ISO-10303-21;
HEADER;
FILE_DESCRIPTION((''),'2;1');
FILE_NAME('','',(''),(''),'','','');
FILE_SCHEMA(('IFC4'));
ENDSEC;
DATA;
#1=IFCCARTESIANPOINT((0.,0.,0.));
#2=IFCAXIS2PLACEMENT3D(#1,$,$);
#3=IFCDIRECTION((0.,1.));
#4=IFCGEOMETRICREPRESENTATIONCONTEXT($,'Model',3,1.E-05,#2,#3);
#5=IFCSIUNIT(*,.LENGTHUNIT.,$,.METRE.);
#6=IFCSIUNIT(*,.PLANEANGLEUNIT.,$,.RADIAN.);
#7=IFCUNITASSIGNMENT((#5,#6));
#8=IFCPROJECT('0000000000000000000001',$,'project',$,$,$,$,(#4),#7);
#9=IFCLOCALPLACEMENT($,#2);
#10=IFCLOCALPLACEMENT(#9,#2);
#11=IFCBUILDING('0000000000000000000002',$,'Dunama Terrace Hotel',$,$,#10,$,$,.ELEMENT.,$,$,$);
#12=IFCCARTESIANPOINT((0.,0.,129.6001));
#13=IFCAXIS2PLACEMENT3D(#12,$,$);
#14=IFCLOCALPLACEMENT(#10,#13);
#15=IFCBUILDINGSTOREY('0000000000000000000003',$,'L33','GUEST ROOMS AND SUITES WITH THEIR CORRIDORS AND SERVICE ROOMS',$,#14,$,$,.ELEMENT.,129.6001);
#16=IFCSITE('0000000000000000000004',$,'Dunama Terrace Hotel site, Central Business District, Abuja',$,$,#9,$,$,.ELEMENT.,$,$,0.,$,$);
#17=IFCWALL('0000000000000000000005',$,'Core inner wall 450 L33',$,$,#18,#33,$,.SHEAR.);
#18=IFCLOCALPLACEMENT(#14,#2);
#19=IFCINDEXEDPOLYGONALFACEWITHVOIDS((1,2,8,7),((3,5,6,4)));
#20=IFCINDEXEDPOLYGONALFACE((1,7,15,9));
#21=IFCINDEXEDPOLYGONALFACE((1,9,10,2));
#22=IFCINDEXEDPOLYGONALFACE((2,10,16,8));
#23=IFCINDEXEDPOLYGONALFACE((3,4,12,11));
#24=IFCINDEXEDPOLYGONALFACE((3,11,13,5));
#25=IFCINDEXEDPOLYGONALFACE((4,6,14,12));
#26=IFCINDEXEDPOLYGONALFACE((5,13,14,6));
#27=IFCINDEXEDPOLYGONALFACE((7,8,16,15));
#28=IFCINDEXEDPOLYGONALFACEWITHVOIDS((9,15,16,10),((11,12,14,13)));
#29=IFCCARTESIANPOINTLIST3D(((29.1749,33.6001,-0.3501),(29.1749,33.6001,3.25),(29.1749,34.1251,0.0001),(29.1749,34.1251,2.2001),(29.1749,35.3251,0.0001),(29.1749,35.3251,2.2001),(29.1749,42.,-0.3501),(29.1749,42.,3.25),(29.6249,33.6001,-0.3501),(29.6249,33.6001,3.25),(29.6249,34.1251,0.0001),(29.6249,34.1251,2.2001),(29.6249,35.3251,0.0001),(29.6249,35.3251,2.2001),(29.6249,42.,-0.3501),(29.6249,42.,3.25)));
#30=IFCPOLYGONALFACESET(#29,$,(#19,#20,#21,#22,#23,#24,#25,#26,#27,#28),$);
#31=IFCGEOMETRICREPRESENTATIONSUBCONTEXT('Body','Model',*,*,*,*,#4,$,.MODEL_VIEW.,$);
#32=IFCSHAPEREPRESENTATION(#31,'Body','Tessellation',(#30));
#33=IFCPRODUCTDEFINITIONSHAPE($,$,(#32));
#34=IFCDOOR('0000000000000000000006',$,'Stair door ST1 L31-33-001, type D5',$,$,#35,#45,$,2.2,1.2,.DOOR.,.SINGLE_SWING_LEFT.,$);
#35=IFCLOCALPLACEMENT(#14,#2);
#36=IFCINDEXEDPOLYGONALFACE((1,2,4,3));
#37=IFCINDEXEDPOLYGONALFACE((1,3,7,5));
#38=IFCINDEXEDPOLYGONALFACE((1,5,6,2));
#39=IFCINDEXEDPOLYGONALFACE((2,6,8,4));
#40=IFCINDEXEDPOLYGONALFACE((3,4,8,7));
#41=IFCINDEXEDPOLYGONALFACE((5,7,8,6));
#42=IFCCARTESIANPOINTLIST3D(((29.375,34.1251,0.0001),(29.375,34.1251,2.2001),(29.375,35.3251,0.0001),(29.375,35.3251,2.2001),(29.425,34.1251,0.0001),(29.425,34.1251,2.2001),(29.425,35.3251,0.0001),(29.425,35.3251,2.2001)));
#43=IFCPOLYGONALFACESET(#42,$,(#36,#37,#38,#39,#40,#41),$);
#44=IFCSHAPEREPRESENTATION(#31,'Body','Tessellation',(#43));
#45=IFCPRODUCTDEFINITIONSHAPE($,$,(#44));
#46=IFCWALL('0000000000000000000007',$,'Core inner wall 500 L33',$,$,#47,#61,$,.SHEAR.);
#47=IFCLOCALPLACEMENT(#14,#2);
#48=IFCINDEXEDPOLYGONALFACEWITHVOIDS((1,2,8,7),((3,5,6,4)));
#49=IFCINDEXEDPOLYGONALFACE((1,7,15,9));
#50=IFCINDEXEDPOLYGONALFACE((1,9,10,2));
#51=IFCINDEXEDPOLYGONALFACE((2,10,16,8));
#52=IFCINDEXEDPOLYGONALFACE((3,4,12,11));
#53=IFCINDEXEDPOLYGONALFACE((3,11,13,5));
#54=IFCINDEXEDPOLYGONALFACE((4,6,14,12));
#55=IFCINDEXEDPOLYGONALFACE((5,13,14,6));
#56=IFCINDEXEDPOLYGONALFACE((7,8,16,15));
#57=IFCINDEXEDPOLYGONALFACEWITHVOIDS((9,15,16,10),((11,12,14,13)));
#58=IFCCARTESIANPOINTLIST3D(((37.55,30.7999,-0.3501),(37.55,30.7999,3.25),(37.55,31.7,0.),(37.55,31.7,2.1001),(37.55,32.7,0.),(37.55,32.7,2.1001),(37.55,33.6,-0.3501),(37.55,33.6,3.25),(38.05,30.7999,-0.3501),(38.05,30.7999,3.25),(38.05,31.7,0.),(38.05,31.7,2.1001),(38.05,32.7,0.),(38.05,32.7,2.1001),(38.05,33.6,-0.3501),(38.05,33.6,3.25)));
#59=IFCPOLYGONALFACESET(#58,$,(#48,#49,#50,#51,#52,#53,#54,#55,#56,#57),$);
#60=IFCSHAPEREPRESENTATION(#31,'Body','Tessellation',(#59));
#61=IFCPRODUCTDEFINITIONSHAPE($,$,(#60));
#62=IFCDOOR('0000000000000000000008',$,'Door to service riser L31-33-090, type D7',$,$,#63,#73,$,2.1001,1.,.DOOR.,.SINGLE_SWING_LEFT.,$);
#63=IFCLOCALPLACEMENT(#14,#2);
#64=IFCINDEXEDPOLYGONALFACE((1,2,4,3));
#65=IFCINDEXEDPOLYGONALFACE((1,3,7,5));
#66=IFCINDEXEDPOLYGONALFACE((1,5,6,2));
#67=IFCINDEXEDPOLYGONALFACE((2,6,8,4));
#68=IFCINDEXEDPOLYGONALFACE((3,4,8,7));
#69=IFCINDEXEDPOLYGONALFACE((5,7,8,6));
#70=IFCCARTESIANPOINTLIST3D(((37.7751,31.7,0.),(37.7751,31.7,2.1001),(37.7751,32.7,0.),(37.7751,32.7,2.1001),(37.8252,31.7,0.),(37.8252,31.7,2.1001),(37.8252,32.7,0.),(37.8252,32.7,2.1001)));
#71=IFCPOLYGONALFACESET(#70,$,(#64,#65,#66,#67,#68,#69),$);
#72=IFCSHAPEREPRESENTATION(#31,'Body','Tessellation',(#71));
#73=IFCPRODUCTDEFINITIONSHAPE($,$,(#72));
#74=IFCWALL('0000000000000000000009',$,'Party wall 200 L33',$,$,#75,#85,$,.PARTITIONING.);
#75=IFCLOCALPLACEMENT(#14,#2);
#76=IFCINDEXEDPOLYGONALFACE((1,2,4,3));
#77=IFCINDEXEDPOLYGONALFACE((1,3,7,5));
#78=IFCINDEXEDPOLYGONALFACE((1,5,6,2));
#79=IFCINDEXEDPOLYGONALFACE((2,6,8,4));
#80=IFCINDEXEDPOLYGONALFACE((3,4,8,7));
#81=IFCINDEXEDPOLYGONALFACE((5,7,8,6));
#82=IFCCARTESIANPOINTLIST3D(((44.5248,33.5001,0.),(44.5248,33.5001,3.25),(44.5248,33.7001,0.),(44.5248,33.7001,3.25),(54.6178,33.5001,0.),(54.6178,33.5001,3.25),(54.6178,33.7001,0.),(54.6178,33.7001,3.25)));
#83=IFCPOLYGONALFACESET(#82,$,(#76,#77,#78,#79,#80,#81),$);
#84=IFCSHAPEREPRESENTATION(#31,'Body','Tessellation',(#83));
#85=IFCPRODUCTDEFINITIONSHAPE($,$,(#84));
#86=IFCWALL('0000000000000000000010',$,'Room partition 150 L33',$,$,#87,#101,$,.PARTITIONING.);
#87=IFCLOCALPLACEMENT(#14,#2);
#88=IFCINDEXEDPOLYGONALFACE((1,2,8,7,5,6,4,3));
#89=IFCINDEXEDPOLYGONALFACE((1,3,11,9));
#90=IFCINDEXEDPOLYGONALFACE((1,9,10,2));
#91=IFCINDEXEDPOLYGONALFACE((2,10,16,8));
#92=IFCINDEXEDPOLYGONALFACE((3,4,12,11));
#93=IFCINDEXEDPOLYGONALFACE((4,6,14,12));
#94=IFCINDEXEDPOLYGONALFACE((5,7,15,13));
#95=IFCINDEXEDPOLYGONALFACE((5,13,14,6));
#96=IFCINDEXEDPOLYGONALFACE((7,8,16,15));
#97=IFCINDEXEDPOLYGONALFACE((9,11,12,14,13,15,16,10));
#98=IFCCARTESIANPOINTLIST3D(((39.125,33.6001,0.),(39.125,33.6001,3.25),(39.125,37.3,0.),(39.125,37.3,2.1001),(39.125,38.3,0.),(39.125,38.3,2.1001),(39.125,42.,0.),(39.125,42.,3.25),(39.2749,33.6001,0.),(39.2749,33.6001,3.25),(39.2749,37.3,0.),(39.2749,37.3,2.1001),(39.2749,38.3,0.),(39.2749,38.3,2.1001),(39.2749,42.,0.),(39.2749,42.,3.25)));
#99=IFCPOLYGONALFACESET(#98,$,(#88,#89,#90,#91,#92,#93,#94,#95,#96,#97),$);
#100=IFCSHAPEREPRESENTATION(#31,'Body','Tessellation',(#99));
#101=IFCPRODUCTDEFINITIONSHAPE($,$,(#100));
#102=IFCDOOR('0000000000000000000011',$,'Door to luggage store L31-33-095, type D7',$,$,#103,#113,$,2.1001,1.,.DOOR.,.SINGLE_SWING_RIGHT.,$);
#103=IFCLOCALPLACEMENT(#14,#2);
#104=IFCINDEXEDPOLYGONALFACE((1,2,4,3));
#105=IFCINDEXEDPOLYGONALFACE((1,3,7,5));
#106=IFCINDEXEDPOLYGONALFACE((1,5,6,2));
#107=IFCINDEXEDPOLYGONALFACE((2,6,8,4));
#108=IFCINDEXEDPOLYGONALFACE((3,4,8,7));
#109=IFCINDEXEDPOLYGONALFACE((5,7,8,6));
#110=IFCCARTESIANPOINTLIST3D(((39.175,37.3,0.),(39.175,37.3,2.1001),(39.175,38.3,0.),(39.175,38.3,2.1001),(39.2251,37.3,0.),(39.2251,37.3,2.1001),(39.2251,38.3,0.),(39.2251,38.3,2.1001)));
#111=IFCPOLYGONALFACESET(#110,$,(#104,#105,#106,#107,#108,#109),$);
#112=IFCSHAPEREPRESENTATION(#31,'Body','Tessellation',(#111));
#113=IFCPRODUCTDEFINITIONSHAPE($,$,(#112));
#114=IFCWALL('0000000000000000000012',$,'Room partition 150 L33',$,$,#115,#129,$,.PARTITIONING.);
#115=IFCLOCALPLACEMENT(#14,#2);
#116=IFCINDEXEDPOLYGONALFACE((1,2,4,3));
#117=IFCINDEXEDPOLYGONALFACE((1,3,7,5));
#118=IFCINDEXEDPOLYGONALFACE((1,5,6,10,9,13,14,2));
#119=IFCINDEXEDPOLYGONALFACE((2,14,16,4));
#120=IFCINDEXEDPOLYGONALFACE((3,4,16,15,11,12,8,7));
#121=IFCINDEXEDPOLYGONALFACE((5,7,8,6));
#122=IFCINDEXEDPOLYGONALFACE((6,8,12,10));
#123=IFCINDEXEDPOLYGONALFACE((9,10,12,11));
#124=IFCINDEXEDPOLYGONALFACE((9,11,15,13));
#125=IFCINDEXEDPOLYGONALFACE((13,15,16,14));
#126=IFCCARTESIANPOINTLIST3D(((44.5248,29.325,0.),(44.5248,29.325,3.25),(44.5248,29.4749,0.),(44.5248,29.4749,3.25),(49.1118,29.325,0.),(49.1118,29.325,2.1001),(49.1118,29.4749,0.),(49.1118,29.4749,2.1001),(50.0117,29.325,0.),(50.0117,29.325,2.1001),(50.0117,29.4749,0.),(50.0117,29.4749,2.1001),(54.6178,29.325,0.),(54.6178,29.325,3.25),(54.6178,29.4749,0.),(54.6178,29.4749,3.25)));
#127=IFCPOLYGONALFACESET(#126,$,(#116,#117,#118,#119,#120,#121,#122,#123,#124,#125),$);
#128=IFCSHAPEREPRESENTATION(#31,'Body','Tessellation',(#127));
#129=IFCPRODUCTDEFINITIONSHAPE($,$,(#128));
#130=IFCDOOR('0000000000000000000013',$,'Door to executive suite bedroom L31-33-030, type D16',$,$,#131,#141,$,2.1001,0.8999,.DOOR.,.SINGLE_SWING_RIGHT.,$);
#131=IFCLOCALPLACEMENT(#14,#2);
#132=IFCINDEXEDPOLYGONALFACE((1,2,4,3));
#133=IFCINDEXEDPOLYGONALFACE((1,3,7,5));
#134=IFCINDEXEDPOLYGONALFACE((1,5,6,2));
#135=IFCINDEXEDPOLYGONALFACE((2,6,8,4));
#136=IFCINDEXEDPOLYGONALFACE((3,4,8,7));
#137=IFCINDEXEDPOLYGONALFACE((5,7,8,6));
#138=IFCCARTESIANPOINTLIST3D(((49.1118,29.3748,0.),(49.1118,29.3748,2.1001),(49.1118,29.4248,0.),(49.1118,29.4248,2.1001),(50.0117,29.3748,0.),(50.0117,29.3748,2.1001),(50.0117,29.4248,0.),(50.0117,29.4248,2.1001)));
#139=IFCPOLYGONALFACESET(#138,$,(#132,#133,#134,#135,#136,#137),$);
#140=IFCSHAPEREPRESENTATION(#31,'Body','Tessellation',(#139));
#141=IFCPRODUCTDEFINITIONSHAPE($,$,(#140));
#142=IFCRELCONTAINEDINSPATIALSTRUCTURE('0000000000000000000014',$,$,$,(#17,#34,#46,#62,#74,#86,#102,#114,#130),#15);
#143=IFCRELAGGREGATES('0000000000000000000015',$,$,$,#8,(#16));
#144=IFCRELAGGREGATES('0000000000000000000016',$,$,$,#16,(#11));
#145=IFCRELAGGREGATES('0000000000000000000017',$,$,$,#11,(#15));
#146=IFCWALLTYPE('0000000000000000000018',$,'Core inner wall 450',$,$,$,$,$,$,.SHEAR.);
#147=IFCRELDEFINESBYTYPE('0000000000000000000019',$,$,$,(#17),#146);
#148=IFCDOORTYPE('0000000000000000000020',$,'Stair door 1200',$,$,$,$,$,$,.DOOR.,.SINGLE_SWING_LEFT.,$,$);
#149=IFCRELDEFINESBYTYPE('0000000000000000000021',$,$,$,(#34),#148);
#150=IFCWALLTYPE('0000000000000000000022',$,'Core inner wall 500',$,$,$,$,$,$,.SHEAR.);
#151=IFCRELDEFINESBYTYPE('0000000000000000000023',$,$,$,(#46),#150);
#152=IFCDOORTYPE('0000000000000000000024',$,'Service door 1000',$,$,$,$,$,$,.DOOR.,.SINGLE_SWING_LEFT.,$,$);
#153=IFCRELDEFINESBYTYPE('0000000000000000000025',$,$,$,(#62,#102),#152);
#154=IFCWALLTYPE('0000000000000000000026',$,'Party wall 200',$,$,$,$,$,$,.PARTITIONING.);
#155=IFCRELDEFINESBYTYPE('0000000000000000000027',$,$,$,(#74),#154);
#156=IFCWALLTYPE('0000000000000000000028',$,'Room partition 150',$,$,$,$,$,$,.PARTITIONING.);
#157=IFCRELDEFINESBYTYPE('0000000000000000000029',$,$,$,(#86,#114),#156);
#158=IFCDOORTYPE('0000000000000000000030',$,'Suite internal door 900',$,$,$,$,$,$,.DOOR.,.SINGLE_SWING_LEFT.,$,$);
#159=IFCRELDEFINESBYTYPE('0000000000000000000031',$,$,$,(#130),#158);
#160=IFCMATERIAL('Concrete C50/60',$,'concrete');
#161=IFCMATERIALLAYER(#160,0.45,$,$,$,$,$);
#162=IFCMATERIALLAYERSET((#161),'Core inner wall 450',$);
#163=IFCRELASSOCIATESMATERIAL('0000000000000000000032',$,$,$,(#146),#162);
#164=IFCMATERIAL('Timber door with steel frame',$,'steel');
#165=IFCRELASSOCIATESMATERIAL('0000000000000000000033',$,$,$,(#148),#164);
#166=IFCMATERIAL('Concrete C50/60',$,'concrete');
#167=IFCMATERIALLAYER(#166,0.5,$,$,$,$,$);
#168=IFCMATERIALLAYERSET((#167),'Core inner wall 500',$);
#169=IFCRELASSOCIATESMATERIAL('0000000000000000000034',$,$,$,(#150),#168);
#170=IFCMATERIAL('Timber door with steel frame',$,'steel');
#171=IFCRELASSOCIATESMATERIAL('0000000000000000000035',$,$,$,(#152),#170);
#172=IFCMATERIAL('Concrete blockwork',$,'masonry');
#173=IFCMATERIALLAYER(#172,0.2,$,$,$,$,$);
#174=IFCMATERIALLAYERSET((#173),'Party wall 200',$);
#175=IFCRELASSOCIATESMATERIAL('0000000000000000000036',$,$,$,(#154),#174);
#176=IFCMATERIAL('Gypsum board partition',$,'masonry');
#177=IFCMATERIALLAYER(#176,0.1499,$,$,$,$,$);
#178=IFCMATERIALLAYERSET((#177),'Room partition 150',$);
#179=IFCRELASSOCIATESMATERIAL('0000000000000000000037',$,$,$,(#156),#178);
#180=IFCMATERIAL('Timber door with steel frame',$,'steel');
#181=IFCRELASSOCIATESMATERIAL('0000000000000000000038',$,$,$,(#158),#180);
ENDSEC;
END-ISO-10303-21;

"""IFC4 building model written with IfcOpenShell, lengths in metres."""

from ifc_helpers import new_model, si_unit, direction, frame, frame_2d, origin, place, context, subcontext, project, spatial, rectangle, extrude, material, layer, layer_set, type_object, element, fill, save


model = new_model("IFC4")

# Units and contexts
model_context = context("Model", 3, precision=1e-05, world=origin(), true_north=direction((0.0, 1.0)))
body_context = subcontext(model_context, "Body", "Model", "MODEL_VIEW")
ifc_project = project(units=[si_unit("LENGTHUNIT", "METRE"), si_unit("PLANEANGLEUNIT", "RADIAN")], contexts=[model_context])

# Site, building, storey
site_placement = place(None, origin())
site = spatial("IfcSite", under=ifc_project, at=site_placement, Name="Dunama Terrace Hotel site, Central Business District, Abuja", CompositionType="ELEMENT", RefElevation=0.0)
building_placement = place(site_placement, origin())
building = spatial("IfcBuilding", under=site, at=building_placement, Name="Dunama Terrace Hotel", CompositionType="ELEMENT")
storey_placement = place(building_placement, frame((0.0, 0.0, 129.6001)))
storey = spatial("IfcBuildingStorey", under=building, at=storey_placement, Name="L33", Description="GUEST ROOMS AND SUITES WITH THEIR CORRIDORS AND SERVICE ROOMS", CompositionType="ELEMENT", Elevation=129.6001)

# Walls, openings, doors
ifc_material_1 = material(Name="Concrete C50/60", Category="concrete")
ifc_layer_1 = layer(ifc_material_1, 0.45)
ifc_layer_set_1 = layer_set([ifc_layer_1], Name="Core inner wall 450")
wall_type_1 = type_object("IfcWallType", Name="Core inner wall 450", PredefinedType="SHEAR", material=ifc_layer_set_1)
wall_1_placement = place(storey_placement, frame((29.3999, 33.6001, -0.3501), z_axis=(0.0, 0.0, 1.0), x_axis=(0.0, 1.0, 0.0)))
wall_1 = element("IfcWall", 1, at=wall_1_placement, inside=storey, type_object=wall_type_1, Name="Core inner wall 450 L33", PredefinedType="SHEAR", context=body_context, shape_type="SweptSolid", body=[
    extrude(rectangle(XDim=8.3999, YDim=0.45, at=frame_2d((4.2, 0.0))), origin(), (0.0, 0.0, 1.0), 3.6001),
])
opening_1_placement = place(wall_1_placement, frame((0.5249, 0.0, 0.3501)))
opening_1 = element("IfcOpeningElement", 2, at=opening_1_placement, cuts=wall_1, PredefinedType="OPENING", context=body_context, shape_type="SweptSolid", body=[
    extrude(rectangle(XDim=1.2, YDim=2.2, at=frame_2d((0.6001, 1.1001))), frame((0.0, 0.2349, 0.0), z_axis=(0.0, -1.0, 0.0), x_axis=(1.0, 0.0, 0.0)), (0.0, 0.0, 1.0), 0.47),
])
ifc_material_2 = material(Name="Timber door with steel frame", Category="steel")
door_type_1 = type_object("IfcDoorType", Name="Stair door 1200", OperationType="SINGLE_SWING_LEFT", PredefinedType="DOOR", material=ifc_material_2)
door_1_placement = place(opening_1_placement, origin())
door_1 = element("IfcDoor", 3, at=door_1_placement, inside=storey, type_object=door_type_1, Name="Stair door ST1 L31-33-001, type D5", OperationType="SINGLE_SWING_LEFT", OverallHeight=2.2, OverallWidth=1.2, PredefinedType="DOOR", context=body_context, shape_type="SweptSolid", body=[
    extrude(rectangle(XDim=1.2, YDim=2.2, at=frame_2d((0.6001, 1.1001))), frame((0.0, 0.0249, 0.0), z_axis=(0.0, -1.0, 0.0), x_axis=(1.0, 0.0, 0.0)), (0.0, 0.0, 1.0), 0.05),
])
fill(opening_1, door_1)
ifc_material_3 = material(Name="Concrete C50/60", Category="concrete")
ifc_layer_2 = layer(ifc_material_3, 0.5)
ifc_layer_set_2 = layer_set([ifc_layer_2], Name="Core inner wall 500")
wall_type_2 = type_object("IfcWallType", Name="Core inner wall 500", PredefinedType="SHEAR", material=ifc_layer_set_2)
wall_2_placement = place(storey_placement, frame((37.8, 30.8, -0.3501), z_axis=(0.0, 0.0, 1.0), x_axis=(0.0, 1.0, 0.0)))
wall_2 = element("IfcWall", 4, at=wall_2_placement, inside=storey, type_object=wall_type_2, Name="Core inner wall 500 L33", PredefinedType="SHEAR", context=body_context, shape_type="SweptSolid", body=[
    extrude(rectangle(XDim=2.8, YDim=0.5, at=frame_2d((1.3999, 0.0))), origin(), (0.0, 0.0, 1.0), 3.6001),
])
opening_2_placement = place(wall_2_placement, frame((0.8999, 0.0, 0.3501)))
opening_2 = element("IfcOpeningElement", 5, at=opening_2_placement, cuts=wall_2, PredefinedType="OPENING", context=body_context, shape_type="SweptSolid", body=[
    extrude(rectangle(XDim=1.0, YDim=2.1001, at=frame_2d((0.5, 1.05))), frame((0.0, 0.26, 0.0), z_axis=(0.0, -1.0, 0.0), x_axis=(1.0, 0.0, 0.0)), (0.0, 0.0, 1.0), 0.52),
])
ifc_material_4 = material(Name="Timber door with steel frame", Category="steel")
door_type_2 = type_object("IfcDoorType", Name="Service door 1000", OperationType="SINGLE_SWING_LEFT", PredefinedType="DOOR", material=ifc_material_4)
door_2_placement = place(opening_2_placement, frame((1.0, 0.0, 0.0), z_axis=(0.0, 0.0, 1.0), x_axis=(-1.0, 0.0, 0.0)))
door_2 = element("IfcDoor", 6, at=door_2_placement, inside=storey, type_object=door_type_2, Name="Door to service riser L31-33-090, type D7", OperationType="SINGLE_SWING_LEFT", OverallHeight=2.1001, OverallWidth=1.0, PredefinedType="DOOR", context=body_context, shape_type="SweptSolid", body=[
    extrude(rectangle(XDim=1.0, YDim=2.1001, at=frame_2d((0.5, 1.05))), frame((0.0, 0.0251, 0.0), z_axis=(0.0, -1.0, 0.0), x_axis=(1.0, 0.0, 0.0)), (0.0, 0.0, 1.0), 0.05),
])
fill(opening_2, door_2)

# Wall
ifc_material_5 = material(Name="Concrete blockwork", Category="masonry")
ifc_layer_3 = layer(ifc_material_5, 0.2)
ifc_layer_set_3 = layer_set([ifc_layer_3], Name="Party wall 200")
wall_type_3 = type_object("IfcWallType", Name="Party wall 200", PredefinedType="PARTITIONING", material=ifc_layer_set_3)
wall_3_placement = place(storey_placement, frame((44.5249, 33.6001, 0.0), z_axis=(0.0, 0.0, 1.0), x_axis=(1.0, 0.0, 0.0)))
element("IfcWall", 7, at=wall_3_placement, inside=storey, type_object=wall_type_3, Name="Party wall 200 L33", PredefinedType="PARTITIONING", context=body_context, shape_type="SweptSolid", body=[
    extrude(rectangle(XDim=10.093, YDim=0.2, at=frame_2d((5.0464, 0.0))), origin(), (0.0, 0.0, 1.0), 3.25),
])

# Walls, openings, doors
ifc_material_6 = material(Name="Gypsum board partition", Category="masonry")
ifc_layer_4 = layer(ifc_material_6, 0.1499)
ifc_layer_set_4 = layer_set([ifc_layer_4], Name="Room partition 150")
wall_type_4 = type_object("IfcWallType", Name="Room partition 150", PredefinedType="PARTITIONING", material=ifc_layer_set_4)
wall_4_placement = place(storey_placement, frame((39.2, 33.6001, 0.0), z_axis=(0.0, 0.0, 1.0), x_axis=(0.0, 1.0, 0.0)))
wall_4 = element("IfcWall", 8, at=wall_4_placement, inside=storey, type_object=wall_type_4, Name="Room partition 150 L33", PredefinedType="PARTITIONING", context=body_context, shape_type="SweptSolid", body=[
    extrude(rectangle(XDim=8.3999, YDim=0.1499, at=frame_2d((4.2, 0.0))), origin(), (0.0, 0.0, 1.0), 3.25),
])
opening_3_placement = place(wall_4_placement, frame((3.7, 0.0, 0.0)))
opening_3 = element("IfcOpeningElement", 9, at=opening_3_placement, cuts=wall_4, PredefinedType="OPENING", context=body_context, shape_type="SweptSolid", body=[
    extrude(rectangle(XDim=1.0, YDim=2.1001, at=frame_2d((0.5, 1.05))), frame((0.0, 0.085, 0.0), z_axis=(0.0, -1.0, 0.0), x_axis=(1.0, 0.0, 0.0)), (0.0, 0.0, 1.0), 0.1699),
])
door_3_placement = place(opening_3_placement, frame((1.0, 0.0, 0.0), z_axis=(0.0, 0.0, 1.0), x_axis=(-1.0, 0.0, 0.0)))
door_3 = element("IfcDoor", 10, at=door_3_placement, inside=storey, type_object=door_type_2, Name="Door to luggage store L31-33-095, type D7", OperationType="SINGLE_SWING_RIGHT", OverallHeight=2.1001, OverallWidth=1.0, PredefinedType="DOOR", context=body_context, shape_type="SweptSolid", body=[
    extrude(rectangle(XDim=1.0, YDim=2.1001, at=frame_2d((0.5, 1.05))), frame((0.0, 0.0251, 0.0), z_axis=(0.0, -1.0, 0.0), x_axis=(1.0, 0.0, 0.0)), (0.0, 0.0, 1.0), 0.05),
])
fill(opening_3, door_3)
wall_5_placement = place(storey_placement, frame((44.5249, 29.3999, 0.0), z_axis=(0.0, 0.0, 1.0), x_axis=(1.0, 0.0, 0.0)))
wall_5 = element("IfcWall", 11, at=wall_5_placement, inside=storey, type_object=wall_type_4, Name="Room partition 150 L33", PredefinedType="PARTITIONING", context=body_context, shape_type="SweptSolid", body=[
    extrude(rectangle(XDim=10.093, YDim=0.1499, at=frame_2d((5.0464, 0.0))), origin(), (0.0, 0.0, 1.0), 3.25),
])
opening_4_placement = place(wall_5_placement, frame((4.5869, 0.0, 0.0)))
opening_4 = element("IfcOpeningElement", 12, at=opening_4_placement, cuts=wall_5, PredefinedType="OPENING", context=body_context, shape_type="SweptSolid", body=[
    extrude(rectangle(XDim=0.8999, YDim=2.1001, at=frame_2d((0.45, 1.05))), frame((0.0, 0.085, 0.0), z_axis=(0.0, -1.0, 0.0), x_axis=(1.0, 0.0, 0.0)), (0.0, 0.0, 1.0), 0.1699),
])
ifc_material_7 = material(Name="Timber door with steel frame", Category="steel")
door_type_3 = type_object("IfcDoorType", Name="Suite internal door 900", OperationType="SINGLE_SWING_LEFT", PredefinedType="DOOR", material=ifc_material_7)
door_4_placement = place(opening_4_placement, frame((0.8999, 0.0, 0.0), z_axis=(0.0, 0.0, 1.0), x_axis=(-1.0, 0.0, 0.0)))
door_4 = element("IfcDoor", 13, at=door_4_placement, inside=storey, type_object=door_type_3, Name="Door to executive suite bedroom L31-33-030, type D16", OperationType="SINGLE_SWING_RIGHT", OverallHeight=2.1001, OverallWidth=0.8999, PredefinedType="DOOR", context=body_context, shape_type="SweptSolid", body=[
    extrude(rectangle(XDim=0.8999, YDim=2.1001, at=frame_2d((0.45, 1.05))), frame((0.0, 0.0251, 0.0), z_axis=(0.0, -1.0, 0.0), x_axis=(1.0, 0.0, 0.0)), (0.0, 0.0, 1.0), 0.05),
])
fill(opening_4, door_4)

save(model, "model.ifc")
